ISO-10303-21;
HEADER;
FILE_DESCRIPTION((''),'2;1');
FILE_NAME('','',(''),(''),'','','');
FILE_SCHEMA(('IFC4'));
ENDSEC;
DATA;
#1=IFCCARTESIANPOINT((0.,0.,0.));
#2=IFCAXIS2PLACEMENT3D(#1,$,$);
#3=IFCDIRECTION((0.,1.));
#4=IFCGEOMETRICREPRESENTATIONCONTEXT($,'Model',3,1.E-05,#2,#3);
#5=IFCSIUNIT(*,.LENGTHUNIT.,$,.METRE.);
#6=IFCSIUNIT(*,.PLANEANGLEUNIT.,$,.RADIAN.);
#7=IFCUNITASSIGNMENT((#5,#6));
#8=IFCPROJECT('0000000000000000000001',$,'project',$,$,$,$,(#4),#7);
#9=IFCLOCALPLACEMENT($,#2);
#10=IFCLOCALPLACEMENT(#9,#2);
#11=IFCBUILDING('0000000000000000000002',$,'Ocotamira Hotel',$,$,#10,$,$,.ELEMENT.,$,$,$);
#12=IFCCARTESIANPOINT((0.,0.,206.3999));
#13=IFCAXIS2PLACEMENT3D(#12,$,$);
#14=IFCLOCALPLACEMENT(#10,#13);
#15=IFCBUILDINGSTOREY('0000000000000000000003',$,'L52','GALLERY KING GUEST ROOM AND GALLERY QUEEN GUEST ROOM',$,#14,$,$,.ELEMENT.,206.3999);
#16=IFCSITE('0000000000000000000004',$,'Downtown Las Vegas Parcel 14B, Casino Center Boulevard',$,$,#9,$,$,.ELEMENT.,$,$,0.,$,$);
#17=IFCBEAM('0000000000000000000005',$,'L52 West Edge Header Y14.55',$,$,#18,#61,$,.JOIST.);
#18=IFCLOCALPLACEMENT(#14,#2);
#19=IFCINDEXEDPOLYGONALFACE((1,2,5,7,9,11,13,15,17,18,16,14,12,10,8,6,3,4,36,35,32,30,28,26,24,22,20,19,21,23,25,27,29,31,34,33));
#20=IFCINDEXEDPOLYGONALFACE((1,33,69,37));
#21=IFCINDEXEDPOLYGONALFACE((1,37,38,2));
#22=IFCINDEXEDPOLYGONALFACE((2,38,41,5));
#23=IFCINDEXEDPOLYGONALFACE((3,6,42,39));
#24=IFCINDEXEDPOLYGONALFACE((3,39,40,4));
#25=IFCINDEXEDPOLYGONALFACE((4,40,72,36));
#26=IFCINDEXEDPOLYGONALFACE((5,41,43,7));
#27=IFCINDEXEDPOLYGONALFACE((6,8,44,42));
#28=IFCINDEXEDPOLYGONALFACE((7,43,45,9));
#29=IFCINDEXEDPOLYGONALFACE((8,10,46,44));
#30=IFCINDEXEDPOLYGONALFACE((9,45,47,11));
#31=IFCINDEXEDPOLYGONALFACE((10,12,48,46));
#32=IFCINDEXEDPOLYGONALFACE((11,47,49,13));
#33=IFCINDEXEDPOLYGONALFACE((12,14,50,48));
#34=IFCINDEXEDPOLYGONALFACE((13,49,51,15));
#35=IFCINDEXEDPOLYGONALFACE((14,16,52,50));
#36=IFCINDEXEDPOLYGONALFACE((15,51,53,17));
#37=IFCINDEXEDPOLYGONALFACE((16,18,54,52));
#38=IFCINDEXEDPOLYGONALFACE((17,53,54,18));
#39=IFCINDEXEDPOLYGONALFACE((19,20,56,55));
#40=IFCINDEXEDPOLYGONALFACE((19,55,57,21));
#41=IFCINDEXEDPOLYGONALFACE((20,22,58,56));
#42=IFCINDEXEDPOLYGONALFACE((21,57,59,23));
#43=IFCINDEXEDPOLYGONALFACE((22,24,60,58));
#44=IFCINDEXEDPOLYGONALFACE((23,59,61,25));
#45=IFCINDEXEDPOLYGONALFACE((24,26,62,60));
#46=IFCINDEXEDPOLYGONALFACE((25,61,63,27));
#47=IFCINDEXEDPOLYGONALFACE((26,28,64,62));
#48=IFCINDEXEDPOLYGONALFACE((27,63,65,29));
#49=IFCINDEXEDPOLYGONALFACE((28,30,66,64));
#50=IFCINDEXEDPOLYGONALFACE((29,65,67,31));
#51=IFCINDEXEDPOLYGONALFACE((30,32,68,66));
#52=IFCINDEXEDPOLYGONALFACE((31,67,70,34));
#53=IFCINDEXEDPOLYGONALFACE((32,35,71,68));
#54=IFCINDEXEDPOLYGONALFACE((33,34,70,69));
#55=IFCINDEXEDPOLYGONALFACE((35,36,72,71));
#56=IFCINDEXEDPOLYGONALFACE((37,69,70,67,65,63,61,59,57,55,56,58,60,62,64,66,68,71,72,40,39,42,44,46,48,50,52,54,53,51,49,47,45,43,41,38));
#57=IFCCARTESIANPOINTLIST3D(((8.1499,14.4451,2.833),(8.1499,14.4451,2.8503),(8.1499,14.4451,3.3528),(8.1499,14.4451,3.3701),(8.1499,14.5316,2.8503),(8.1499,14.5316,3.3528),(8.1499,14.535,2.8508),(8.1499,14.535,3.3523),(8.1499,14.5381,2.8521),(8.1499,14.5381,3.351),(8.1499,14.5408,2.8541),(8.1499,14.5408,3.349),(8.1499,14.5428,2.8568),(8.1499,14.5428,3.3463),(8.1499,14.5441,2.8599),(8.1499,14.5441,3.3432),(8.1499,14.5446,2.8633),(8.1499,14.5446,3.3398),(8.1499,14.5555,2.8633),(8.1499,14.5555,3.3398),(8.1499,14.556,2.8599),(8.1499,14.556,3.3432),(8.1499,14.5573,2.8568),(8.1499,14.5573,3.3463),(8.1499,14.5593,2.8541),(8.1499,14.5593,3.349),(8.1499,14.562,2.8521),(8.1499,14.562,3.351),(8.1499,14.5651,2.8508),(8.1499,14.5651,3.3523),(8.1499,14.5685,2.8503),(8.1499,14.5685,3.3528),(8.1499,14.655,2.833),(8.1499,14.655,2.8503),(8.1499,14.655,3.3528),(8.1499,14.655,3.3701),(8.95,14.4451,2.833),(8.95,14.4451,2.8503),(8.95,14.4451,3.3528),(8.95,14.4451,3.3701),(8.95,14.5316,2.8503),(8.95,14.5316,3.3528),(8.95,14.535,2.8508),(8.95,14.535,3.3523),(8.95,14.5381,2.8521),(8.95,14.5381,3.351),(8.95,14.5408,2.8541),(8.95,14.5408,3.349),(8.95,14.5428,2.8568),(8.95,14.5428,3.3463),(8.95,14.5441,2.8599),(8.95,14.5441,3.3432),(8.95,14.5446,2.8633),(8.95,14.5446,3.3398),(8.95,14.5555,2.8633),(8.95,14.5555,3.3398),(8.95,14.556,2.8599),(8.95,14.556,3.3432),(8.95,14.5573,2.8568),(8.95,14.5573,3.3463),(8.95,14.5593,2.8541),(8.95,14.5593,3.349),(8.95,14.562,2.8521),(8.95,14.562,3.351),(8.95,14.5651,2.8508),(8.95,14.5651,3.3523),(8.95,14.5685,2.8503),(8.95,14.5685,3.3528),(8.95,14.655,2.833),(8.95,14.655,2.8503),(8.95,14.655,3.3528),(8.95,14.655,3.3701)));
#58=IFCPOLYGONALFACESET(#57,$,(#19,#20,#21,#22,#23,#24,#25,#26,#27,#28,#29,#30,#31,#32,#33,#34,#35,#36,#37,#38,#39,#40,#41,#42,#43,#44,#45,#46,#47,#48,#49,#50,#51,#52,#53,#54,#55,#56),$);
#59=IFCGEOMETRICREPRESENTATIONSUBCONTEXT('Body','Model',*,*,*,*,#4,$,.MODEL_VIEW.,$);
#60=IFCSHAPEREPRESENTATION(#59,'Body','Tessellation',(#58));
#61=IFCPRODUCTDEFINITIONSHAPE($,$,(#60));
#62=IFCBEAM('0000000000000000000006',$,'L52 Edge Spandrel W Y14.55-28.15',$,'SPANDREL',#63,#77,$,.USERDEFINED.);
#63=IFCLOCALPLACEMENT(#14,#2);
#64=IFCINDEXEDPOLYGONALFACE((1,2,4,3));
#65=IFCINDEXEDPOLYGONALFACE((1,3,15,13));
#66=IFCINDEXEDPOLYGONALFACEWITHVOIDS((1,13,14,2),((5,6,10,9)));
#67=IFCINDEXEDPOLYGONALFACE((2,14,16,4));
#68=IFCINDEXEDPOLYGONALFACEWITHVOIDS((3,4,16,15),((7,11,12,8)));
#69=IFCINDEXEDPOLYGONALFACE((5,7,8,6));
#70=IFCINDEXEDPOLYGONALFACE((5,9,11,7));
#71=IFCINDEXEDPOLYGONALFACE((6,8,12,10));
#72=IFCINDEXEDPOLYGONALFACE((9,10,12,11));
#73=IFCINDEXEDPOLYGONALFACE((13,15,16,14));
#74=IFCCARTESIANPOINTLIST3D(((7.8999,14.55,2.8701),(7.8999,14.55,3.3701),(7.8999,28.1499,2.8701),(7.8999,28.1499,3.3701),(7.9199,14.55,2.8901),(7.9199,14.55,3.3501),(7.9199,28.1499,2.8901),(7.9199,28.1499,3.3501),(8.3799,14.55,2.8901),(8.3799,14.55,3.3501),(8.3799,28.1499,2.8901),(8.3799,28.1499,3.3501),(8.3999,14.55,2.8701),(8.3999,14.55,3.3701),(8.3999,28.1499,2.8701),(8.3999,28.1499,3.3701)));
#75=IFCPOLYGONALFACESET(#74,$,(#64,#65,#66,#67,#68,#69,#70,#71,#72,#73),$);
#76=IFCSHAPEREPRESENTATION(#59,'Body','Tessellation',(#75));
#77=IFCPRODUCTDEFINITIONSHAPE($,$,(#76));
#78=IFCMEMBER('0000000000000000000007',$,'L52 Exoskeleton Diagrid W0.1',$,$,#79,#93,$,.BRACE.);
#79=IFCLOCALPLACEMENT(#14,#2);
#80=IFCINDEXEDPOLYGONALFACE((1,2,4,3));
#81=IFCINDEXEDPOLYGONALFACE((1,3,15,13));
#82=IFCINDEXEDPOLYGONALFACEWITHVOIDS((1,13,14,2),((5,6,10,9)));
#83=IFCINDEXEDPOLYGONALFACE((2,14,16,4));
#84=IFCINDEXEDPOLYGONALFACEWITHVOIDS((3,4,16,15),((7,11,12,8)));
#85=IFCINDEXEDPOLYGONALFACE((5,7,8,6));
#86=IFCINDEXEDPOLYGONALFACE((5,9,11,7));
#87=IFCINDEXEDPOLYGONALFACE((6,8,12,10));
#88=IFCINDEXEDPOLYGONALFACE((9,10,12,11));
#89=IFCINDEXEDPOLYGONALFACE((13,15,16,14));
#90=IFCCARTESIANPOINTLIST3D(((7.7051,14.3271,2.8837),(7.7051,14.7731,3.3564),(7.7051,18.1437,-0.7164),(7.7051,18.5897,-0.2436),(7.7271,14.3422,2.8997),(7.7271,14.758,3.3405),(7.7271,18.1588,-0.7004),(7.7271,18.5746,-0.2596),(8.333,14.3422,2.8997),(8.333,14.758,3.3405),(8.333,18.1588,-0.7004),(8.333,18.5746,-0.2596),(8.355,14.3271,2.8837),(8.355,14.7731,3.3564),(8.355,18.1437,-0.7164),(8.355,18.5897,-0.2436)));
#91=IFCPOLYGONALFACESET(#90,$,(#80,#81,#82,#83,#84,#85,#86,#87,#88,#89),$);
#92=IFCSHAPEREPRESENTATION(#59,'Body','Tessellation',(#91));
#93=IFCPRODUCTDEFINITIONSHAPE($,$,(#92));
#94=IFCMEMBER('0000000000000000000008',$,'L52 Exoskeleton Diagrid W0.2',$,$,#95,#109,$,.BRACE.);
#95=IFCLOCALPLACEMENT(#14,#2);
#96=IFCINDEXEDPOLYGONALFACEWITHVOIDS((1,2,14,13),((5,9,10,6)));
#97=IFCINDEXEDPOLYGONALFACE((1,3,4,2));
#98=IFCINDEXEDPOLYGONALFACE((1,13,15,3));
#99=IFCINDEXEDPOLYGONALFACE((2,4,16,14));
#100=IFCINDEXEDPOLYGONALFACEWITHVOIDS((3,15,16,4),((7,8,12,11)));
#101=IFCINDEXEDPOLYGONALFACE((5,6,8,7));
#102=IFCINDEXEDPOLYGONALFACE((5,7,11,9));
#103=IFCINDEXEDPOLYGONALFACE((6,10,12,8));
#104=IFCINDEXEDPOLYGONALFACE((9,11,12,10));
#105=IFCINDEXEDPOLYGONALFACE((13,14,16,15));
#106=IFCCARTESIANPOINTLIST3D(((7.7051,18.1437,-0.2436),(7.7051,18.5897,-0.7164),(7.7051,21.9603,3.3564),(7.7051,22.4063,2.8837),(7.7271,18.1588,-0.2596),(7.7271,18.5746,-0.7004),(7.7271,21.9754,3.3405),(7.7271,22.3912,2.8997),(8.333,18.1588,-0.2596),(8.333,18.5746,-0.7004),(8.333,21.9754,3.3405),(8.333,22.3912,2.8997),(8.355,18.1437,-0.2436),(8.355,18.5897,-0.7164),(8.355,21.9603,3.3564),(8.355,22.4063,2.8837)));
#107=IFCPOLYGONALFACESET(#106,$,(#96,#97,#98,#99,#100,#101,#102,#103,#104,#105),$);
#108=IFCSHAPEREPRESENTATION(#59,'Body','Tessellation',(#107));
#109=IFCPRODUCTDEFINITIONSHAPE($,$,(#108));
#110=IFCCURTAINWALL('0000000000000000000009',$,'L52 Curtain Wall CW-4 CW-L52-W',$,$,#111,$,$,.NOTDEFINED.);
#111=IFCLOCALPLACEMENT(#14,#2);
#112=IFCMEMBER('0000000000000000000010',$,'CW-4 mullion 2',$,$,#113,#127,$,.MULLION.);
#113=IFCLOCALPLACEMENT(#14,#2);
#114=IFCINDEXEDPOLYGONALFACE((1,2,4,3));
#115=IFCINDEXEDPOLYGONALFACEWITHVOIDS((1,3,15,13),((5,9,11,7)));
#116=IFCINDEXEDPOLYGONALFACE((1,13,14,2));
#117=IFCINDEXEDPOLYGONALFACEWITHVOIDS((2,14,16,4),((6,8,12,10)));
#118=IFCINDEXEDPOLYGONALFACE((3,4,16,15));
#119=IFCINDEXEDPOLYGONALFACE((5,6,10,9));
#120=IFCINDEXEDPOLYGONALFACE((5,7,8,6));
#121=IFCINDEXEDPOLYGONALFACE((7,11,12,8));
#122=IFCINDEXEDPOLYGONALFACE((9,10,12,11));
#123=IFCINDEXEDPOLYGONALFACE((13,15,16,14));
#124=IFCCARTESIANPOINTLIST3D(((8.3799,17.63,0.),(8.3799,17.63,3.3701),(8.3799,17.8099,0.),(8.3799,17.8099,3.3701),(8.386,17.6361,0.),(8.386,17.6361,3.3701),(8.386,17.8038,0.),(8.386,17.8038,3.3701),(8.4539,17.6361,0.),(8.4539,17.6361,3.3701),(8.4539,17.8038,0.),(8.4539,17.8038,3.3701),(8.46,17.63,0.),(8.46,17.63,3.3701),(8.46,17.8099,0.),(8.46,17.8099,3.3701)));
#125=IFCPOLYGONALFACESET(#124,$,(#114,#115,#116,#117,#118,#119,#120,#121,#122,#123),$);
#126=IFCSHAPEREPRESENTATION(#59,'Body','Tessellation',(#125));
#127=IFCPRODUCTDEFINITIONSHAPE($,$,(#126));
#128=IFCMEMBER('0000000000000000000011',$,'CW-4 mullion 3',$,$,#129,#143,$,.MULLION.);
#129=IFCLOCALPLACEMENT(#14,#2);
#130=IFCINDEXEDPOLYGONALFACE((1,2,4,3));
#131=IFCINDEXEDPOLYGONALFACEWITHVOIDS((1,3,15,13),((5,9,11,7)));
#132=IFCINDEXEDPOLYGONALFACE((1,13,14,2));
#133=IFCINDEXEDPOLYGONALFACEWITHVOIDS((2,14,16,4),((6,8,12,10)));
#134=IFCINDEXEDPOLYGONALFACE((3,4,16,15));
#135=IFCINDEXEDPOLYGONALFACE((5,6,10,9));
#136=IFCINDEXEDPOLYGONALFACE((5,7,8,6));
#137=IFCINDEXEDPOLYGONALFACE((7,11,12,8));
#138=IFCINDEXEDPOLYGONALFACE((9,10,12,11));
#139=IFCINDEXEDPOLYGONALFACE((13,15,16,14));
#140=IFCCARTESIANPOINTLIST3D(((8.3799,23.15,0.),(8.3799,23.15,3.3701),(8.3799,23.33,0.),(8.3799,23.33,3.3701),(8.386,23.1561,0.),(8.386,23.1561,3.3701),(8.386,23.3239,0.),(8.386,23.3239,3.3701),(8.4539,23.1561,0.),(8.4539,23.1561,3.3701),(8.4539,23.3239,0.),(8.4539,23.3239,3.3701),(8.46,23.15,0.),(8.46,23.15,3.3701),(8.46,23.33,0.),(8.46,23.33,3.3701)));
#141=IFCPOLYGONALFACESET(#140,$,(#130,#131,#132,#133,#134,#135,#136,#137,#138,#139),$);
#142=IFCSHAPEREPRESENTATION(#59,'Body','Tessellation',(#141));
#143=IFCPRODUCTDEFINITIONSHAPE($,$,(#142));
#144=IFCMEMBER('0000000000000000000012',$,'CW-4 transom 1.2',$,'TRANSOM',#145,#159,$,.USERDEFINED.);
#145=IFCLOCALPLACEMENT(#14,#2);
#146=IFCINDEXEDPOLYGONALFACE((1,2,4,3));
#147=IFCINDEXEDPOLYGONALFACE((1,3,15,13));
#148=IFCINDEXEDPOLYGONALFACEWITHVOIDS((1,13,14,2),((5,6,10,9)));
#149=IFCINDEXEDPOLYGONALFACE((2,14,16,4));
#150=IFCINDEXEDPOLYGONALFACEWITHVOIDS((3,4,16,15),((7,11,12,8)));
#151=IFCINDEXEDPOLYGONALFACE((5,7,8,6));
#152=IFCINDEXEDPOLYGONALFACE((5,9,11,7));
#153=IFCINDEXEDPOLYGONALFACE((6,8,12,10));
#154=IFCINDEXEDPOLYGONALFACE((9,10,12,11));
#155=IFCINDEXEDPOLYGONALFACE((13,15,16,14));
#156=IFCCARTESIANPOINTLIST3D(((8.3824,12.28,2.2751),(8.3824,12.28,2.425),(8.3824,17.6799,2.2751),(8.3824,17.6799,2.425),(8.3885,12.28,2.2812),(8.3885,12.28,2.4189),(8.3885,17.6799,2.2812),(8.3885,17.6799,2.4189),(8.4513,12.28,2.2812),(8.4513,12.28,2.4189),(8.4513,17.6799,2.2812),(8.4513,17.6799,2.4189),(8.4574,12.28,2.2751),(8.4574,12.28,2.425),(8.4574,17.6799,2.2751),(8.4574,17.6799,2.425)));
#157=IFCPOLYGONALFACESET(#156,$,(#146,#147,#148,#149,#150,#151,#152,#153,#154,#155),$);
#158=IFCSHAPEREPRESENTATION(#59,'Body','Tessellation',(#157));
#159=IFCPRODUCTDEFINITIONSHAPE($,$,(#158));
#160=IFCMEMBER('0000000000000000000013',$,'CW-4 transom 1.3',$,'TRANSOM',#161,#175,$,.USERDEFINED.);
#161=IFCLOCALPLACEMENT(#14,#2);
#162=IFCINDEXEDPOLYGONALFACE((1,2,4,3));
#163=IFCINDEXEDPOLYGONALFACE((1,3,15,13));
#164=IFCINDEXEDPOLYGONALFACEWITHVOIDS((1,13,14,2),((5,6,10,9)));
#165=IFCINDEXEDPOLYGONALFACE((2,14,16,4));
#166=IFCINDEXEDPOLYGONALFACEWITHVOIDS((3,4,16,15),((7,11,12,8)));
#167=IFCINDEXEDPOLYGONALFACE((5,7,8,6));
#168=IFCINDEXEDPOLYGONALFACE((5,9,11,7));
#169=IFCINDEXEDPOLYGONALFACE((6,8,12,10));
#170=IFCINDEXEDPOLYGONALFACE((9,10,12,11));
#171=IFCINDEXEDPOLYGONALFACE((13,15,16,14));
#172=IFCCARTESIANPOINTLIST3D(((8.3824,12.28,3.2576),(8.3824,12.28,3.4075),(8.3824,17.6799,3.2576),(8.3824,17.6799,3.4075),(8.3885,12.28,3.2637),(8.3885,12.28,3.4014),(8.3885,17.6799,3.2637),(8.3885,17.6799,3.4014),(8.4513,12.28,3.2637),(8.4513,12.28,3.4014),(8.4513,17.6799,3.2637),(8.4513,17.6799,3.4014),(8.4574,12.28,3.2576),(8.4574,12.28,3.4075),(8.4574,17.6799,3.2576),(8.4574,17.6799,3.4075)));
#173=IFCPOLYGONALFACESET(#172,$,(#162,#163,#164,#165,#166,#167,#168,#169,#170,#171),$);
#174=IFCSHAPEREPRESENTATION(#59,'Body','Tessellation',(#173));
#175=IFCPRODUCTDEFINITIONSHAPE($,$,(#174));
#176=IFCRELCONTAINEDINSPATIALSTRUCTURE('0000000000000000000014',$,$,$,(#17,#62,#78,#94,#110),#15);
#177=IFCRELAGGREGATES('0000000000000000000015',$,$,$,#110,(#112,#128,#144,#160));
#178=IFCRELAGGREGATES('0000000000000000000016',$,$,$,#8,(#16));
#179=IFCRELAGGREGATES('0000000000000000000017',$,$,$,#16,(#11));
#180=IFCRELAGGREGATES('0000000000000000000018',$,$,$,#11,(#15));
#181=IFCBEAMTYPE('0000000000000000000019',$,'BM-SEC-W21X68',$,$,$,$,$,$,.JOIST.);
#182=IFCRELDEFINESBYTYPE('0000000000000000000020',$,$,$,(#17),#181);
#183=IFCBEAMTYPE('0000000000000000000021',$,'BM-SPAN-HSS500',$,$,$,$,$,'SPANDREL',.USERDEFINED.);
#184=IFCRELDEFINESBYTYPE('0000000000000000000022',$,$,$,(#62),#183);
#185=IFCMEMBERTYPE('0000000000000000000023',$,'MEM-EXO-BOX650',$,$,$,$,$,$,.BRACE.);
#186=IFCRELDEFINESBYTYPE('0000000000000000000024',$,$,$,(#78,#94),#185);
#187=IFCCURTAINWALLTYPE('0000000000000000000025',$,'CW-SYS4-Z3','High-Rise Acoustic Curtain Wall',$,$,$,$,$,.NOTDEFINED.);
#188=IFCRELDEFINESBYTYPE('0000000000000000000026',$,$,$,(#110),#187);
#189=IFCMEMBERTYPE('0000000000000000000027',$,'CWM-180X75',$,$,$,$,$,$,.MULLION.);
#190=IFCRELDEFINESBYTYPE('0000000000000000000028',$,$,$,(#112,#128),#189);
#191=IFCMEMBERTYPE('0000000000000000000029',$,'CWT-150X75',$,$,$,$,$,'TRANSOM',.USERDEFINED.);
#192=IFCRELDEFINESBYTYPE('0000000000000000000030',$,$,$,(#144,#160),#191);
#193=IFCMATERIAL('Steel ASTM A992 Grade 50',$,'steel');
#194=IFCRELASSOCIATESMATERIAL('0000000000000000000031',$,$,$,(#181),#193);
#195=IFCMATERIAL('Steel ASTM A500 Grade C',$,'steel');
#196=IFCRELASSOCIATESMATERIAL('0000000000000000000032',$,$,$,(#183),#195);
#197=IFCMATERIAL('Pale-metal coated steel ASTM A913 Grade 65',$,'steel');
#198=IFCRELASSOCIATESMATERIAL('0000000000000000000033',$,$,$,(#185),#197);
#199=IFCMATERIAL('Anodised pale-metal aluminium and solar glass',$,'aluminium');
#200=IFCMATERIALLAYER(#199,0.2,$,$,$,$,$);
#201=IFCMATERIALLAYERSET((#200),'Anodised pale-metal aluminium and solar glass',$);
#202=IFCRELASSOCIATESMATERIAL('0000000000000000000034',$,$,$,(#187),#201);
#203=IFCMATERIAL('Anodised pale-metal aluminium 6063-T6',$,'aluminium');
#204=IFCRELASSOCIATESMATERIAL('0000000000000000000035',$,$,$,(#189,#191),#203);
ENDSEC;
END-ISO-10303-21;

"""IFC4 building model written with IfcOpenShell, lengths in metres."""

from ifc_helpers import new_model, si_unit, direction, frame, origin, origin_2d, place, context, subcontext, project, spatial, hollow_rectangle, i_section, extrude, source, transform, mapped, material, layer, layer_set, material_profile, profile_set, type_object, element, aggregate, save


model = new_model("IFC4")

# Units and contexts
model_context = context("Model", 3, precision=1e-05, world=origin(), true_north=direction((0.0, 1.0)))
body_context = subcontext(model_context, "Body", "Model", "MODEL_VIEW")
ifc_project = project(units=[si_unit("LENGTHUNIT", "METRE"), si_unit("PLANEANGLEUNIT", "RADIAN")], contexts=[model_context])

# Site, building, storey
site_placement = place(None, origin())
site = spatial("IfcSite", under=ifc_project, at=site_placement, Name="Downtown Las Vegas Parcel 14B, Casino Center Boulevard", CompositionType="ELEMENT", RefElevation=0.0)
building_placement = place(site_placement, origin())
building = spatial("IfcBuilding", under=site, at=building_placement, Name="Ocotamira Hotel", CompositionType="ELEMENT")
storey_placement = place(building_placement, frame((0.0, 0.0, 206.3999)))
storey = spatial("IfcBuildingStorey", under=building, at=storey_placement, Name="L52", Description="GALLERY KING GUEST ROOM AND GALLERY QUEEN GUEST ROOM", CompositionType="ELEMENT", Elevation=206.3999)

# Beams
ifc_material_1 = material(Name="Steel ASTM A992 Grade 50", Category="steel")
ifc_material_profile_1 = material_profile(ifc_material_1, i_section(OverallWidth=0.21, OverallDepth=0.5371, WebThickness=0.011, FlangeThickness=0.0173, FilletRadius=0.0129, at=origin_2d()), Name="W21X68")
ifc_profile_set_1 = profile_set([ifc_material_profile_1], Name="Steel ASTM A992 Grade 50")
beam_type_1 = type_object("IfcBeamType", Name="BM-SEC-W21X68", PredefinedType="JOIST", material=ifc_profile_set_1)
shared_shape_1 = source(origin(), body_context, "Body", "SweptSolid", [
    extrude(i_section(OverallWidth=0.21, OverallDepth=0.5371, WebThickness=0.011, FlangeThickness=0.0173, FilletRadius=0.0129, at=origin_2d()), origin(), (0.0, 0.0, 1.0), 0.8),
])
beam_1_placement = place(storey_placement, frame((8.95, 14.55, 3.1016), z_axis=(-1.0, 0.0, 0.0), x_axis=(0.0, -1.0, 0.0)))
element("IfcBeam", 1, at=beam_1_placement, inside=storey, type_object=beam_type_1, Name="L52 West Edge Header Y14.55", PredefinedType="JOIST", context=body_context, shape_type="MappedRepresentation", body=[
    mapped(shared_shape_1, transform((0.0, 0.0, 0.0), scale=1.0)),
])
ifc_material_2 = material(Name="Steel ASTM A500 Grade C", Category="steel")
ifc_material_profile_2 = material_profile(ifc_material_2, hollow_rectangle(XDim=0.5, YDim=0.5, WallThickness=0.02, at=origin_2d()), Name="HSS500X500X20")
ifc_profile_set_2 = profile_set([ifc_material_profile_2], Name="Steel ASTM A500 Grade C")
beam_type_2 = type_object("IfcBeamType", Name="BM-SPAN-HSS500", ElementType="SPANDREL", PredefinedType="USERDEFINED", material=ifc_profile_set_2)
shared_shape_2 = source(origin(), body_context, "Body", "SweptSolid", [
    extrude(hollow_rectangle(XDim=0.5, YDim=0.5, WallThickness=0.02, at=origin_2d()), origin(), (0.0, 0.0, 1.0), 13.5999),
])
beam_2_placement = place(storey_placement, frame((8.1499, 14.55, 3.1201), z_axis=(0.0, 1.0, 0.0), x_axis=(-1.0, 0.0, 0.0)))
element("IfcBeam", 2, at=beam_2_placement, inside=storey, type_object=beam_type_2, Name="L52 Edge Spandrel W Y14.55-28.15", ObjectType="SPANDREL", PredefinedType="USERDEFINED", context=body_context, shape_type="MappedRepresentation", body=[
    mapped(shared_shape_2, transform((0.0, 0.0, 0.0), scale=1.0)),
])

# Members
ifc_material_3 = material(Name="Pale-metal coated steel ASTM A913 Grade 65", Category="steel")
ifc_material_profile_3 = material_profile(ifc_material_3, hollow_rectangle(XDim=0.6499, YDim=0.6499, WallThickness=0.022, at=origin_2d()), Name="BOX650X650X22")
ifc_profile_set_3 = profile_set([ifc_material_profile_3], Name="Pale-metal coated steel ASTM A913 Grade 65")
member_type_1 = type_object("IfcMemberType", Name="MEM-EXO-BOX650", PredefinedType="BRACE", material=ifc_profile_set_3)
shared_shape_3 = source(origin(), body_context, "Body", "SweptSolid", [
    extrude(hollow_rectangle(XDim=0.6499, YDim=0.6499, WallThickness=0.022, at=origin_2d()), origin(), (0.0, 0.0, 1.0), 5.2466),
])
for number, where, z_axis, x_axis, name in (
    (3, (8.03, 18.3667, -0.48), (0.0, -0.727443, 0.686168), (1.0, 0.0, 0.0), "L52 Exoskeleton Diagrid W0.1"),
    (4, (8.03, 18.3667, -0.48), (0.0, 0.727443, 0.686168), (-1.0, 0.0, 0.0), "L52 Exoskeleton Diagrid W0.2"),
):
    element("IfcMember", number, at=place(storey_placement, frame(where, z_axis=z_axis, x_axis=x_axis)), inside=storey, type_object=member_type_1, Name=name, PredefinedType="BRACE", context=body_context, shape_type="MappedRepresentation", body=[
        mapped(shared_shape_3, transform((0.0, 0.0, 0.0), scale=1.0)),
    ])

# Curtain wall, members
ifc_material_4 = material(Name="Anodised pale-metal aluminium and solar glass", Category="aluminium")
ifc_layer_1 = layer(ifc_material_4, 0.2)
ifc_layer_set_1 = layer_set([ifc_layer_1], Name="Anodised pale-metal aluminium and solar glass")
curtain_wall_type = type_object("IfcCurtainWallType", Name="CW-SYS4-Z3", Description="High-Rise Acoustic Curtain Wall", PredefinedType="NOTDEFINED", material=ifc_layer_set_1)
curtain_wall_placement = place(storey_placement, origin())
curtain_wall = element("IfcCurtainWall", 5, at=curtain_wall_placement, inside=storey, type_object=curtain_wall_type, Name="L52 Curtain Wall CW-4 CW-L52-W", PredefinedType="NOTDEFINED")
ifc_material_5 = material(Name="Anodised pale-metal aluminium 6063-T6", Category="aluminium")
ifc_material_profile_4 = material_profile(ifc_material_5, hollow_rectangle(XDim=0.0801, YDim=0.1799, WallThickness=0.0061, at=origin_2d()), Name="HSS180X80X6")
ifc_profile_set_4 = profile_set([ifc_material_profile_4], Name="Anodised pale-metal aluminium 6063-T6")
member_type_2 = type_object("IfcMemberType", Name="CWM-180X75", PredefinedType="MULLION", material=ifc_profile_set_4)
shared_shape_4 = source(origin(), body_context, "Body", "SweptSolid", [
    extrude(hollow_rectangle(XDim=0.0801, YDim=0.1799, WallThickness=0.0061, at=origin_2d()), origin(), (0.0, 0.0, 1.0), 3.3701),
])
member_1_placement = place(storey_placement, frame((8.4199, 17.72, 0.0), z_axis=(0.0, 0.0, 1.0), x_axis=(-1.0, 0.0, 0.0)))
member_1 = element("IfcMember", 6, at=member_1_placement, type_object=member_type_2, Name="CW-4 mullion 2", PredefinedType="MULLION", context=body_context, shape_type="MappedRepresentation", body=[
    mapped(shared_shape_4, transform((0.0, 0.0, 0.0), scale=1.0)),
])
member_2_placement = place(storey_placement, frame((8.4199, 23.24, 0.0), z_axis=(0.0, 0.0, 1.0), x_axis=(-1.0, 0.0, 0.0)))
member_2 = element("IfcMember", 7, at=member_2_placement, type_object=member_type_2, Name="CW-4 mullion 3", PredefinedType="MULLION", context=body_context, shape_type="MappedRepresentation", body=[
    mapped(shared_shape_4, transform((0.0, 0.0, 0.0), scale=1.0)),
])
ifc_material_profile_5 = material_profile(ifc_material_5, hollow_rectangle(XDim=0.075, YDim=0.1499, WallThickness=0.0061, at=origin_2d()), Name="HSS150X75X6")
ifc_profile_set_5 = profile_set([ifc_material_profile_5], Name="Anodised pale-metal aluminium 6063-T6")
member_type_3 = type_object("IfcMemberType", Name="CWT-150X75", ElementType="TRANSOM", PredefinedType="USERDEFINED", material=ifc_profile_set_5)
shared_shape_5 = source(origin(), body_context, "Body", "SweptSolid", [
    extrude(hollow_rectangle(XDim=0.075, YDim=0.1499, WallThickness=0.0061, at=origin_2d()), origin(), (0.0, 0.0, 1.0), 5.3999),
])
member_3_placement = place(storey_placement, frame((8.4199, 12.28, 2.3501), z_axis=(0.0, 1.0, 0.0), x_axis=(-1.0, 0.0, 0.0)))
member_3 = element("IfcMember", 8, at=member_3_placement, type_object=member_type_3, Name="CW-4 transom 1.2", ObjectType="TRANSOM", PredefinedType="USERDEFINED", context=body_context, shape_type="MappedRepresentation", body=[
    mapped(shared_shape_5, transform((0.0, 0.0, 0.0), scale=1.0)),
])
member_4_placement = place(storey_placement, frame((8.4199, 12.28, 3.3325), z_axis=(0.0, 1.0, 0.0), x_axis=(-1.0, 0.0, 0.0)))
member_4 = element("IfcMember", 9, at=member_4_placement, type_object=member_type_3, Name="CW-4 transom 1.3", ObjectType="TRANSOM", PredefinedType="USERDEFINED", context=body_context, shape_type="MappedRepresentation", body=[
    mapped(shared_shape_5, transform((0.0, 0.0, 0.0), scale=1.0)),
])

aggregate(curtain_wall, [member_1, member_2, member_3, member_4])

save(model, "model.ifc")
